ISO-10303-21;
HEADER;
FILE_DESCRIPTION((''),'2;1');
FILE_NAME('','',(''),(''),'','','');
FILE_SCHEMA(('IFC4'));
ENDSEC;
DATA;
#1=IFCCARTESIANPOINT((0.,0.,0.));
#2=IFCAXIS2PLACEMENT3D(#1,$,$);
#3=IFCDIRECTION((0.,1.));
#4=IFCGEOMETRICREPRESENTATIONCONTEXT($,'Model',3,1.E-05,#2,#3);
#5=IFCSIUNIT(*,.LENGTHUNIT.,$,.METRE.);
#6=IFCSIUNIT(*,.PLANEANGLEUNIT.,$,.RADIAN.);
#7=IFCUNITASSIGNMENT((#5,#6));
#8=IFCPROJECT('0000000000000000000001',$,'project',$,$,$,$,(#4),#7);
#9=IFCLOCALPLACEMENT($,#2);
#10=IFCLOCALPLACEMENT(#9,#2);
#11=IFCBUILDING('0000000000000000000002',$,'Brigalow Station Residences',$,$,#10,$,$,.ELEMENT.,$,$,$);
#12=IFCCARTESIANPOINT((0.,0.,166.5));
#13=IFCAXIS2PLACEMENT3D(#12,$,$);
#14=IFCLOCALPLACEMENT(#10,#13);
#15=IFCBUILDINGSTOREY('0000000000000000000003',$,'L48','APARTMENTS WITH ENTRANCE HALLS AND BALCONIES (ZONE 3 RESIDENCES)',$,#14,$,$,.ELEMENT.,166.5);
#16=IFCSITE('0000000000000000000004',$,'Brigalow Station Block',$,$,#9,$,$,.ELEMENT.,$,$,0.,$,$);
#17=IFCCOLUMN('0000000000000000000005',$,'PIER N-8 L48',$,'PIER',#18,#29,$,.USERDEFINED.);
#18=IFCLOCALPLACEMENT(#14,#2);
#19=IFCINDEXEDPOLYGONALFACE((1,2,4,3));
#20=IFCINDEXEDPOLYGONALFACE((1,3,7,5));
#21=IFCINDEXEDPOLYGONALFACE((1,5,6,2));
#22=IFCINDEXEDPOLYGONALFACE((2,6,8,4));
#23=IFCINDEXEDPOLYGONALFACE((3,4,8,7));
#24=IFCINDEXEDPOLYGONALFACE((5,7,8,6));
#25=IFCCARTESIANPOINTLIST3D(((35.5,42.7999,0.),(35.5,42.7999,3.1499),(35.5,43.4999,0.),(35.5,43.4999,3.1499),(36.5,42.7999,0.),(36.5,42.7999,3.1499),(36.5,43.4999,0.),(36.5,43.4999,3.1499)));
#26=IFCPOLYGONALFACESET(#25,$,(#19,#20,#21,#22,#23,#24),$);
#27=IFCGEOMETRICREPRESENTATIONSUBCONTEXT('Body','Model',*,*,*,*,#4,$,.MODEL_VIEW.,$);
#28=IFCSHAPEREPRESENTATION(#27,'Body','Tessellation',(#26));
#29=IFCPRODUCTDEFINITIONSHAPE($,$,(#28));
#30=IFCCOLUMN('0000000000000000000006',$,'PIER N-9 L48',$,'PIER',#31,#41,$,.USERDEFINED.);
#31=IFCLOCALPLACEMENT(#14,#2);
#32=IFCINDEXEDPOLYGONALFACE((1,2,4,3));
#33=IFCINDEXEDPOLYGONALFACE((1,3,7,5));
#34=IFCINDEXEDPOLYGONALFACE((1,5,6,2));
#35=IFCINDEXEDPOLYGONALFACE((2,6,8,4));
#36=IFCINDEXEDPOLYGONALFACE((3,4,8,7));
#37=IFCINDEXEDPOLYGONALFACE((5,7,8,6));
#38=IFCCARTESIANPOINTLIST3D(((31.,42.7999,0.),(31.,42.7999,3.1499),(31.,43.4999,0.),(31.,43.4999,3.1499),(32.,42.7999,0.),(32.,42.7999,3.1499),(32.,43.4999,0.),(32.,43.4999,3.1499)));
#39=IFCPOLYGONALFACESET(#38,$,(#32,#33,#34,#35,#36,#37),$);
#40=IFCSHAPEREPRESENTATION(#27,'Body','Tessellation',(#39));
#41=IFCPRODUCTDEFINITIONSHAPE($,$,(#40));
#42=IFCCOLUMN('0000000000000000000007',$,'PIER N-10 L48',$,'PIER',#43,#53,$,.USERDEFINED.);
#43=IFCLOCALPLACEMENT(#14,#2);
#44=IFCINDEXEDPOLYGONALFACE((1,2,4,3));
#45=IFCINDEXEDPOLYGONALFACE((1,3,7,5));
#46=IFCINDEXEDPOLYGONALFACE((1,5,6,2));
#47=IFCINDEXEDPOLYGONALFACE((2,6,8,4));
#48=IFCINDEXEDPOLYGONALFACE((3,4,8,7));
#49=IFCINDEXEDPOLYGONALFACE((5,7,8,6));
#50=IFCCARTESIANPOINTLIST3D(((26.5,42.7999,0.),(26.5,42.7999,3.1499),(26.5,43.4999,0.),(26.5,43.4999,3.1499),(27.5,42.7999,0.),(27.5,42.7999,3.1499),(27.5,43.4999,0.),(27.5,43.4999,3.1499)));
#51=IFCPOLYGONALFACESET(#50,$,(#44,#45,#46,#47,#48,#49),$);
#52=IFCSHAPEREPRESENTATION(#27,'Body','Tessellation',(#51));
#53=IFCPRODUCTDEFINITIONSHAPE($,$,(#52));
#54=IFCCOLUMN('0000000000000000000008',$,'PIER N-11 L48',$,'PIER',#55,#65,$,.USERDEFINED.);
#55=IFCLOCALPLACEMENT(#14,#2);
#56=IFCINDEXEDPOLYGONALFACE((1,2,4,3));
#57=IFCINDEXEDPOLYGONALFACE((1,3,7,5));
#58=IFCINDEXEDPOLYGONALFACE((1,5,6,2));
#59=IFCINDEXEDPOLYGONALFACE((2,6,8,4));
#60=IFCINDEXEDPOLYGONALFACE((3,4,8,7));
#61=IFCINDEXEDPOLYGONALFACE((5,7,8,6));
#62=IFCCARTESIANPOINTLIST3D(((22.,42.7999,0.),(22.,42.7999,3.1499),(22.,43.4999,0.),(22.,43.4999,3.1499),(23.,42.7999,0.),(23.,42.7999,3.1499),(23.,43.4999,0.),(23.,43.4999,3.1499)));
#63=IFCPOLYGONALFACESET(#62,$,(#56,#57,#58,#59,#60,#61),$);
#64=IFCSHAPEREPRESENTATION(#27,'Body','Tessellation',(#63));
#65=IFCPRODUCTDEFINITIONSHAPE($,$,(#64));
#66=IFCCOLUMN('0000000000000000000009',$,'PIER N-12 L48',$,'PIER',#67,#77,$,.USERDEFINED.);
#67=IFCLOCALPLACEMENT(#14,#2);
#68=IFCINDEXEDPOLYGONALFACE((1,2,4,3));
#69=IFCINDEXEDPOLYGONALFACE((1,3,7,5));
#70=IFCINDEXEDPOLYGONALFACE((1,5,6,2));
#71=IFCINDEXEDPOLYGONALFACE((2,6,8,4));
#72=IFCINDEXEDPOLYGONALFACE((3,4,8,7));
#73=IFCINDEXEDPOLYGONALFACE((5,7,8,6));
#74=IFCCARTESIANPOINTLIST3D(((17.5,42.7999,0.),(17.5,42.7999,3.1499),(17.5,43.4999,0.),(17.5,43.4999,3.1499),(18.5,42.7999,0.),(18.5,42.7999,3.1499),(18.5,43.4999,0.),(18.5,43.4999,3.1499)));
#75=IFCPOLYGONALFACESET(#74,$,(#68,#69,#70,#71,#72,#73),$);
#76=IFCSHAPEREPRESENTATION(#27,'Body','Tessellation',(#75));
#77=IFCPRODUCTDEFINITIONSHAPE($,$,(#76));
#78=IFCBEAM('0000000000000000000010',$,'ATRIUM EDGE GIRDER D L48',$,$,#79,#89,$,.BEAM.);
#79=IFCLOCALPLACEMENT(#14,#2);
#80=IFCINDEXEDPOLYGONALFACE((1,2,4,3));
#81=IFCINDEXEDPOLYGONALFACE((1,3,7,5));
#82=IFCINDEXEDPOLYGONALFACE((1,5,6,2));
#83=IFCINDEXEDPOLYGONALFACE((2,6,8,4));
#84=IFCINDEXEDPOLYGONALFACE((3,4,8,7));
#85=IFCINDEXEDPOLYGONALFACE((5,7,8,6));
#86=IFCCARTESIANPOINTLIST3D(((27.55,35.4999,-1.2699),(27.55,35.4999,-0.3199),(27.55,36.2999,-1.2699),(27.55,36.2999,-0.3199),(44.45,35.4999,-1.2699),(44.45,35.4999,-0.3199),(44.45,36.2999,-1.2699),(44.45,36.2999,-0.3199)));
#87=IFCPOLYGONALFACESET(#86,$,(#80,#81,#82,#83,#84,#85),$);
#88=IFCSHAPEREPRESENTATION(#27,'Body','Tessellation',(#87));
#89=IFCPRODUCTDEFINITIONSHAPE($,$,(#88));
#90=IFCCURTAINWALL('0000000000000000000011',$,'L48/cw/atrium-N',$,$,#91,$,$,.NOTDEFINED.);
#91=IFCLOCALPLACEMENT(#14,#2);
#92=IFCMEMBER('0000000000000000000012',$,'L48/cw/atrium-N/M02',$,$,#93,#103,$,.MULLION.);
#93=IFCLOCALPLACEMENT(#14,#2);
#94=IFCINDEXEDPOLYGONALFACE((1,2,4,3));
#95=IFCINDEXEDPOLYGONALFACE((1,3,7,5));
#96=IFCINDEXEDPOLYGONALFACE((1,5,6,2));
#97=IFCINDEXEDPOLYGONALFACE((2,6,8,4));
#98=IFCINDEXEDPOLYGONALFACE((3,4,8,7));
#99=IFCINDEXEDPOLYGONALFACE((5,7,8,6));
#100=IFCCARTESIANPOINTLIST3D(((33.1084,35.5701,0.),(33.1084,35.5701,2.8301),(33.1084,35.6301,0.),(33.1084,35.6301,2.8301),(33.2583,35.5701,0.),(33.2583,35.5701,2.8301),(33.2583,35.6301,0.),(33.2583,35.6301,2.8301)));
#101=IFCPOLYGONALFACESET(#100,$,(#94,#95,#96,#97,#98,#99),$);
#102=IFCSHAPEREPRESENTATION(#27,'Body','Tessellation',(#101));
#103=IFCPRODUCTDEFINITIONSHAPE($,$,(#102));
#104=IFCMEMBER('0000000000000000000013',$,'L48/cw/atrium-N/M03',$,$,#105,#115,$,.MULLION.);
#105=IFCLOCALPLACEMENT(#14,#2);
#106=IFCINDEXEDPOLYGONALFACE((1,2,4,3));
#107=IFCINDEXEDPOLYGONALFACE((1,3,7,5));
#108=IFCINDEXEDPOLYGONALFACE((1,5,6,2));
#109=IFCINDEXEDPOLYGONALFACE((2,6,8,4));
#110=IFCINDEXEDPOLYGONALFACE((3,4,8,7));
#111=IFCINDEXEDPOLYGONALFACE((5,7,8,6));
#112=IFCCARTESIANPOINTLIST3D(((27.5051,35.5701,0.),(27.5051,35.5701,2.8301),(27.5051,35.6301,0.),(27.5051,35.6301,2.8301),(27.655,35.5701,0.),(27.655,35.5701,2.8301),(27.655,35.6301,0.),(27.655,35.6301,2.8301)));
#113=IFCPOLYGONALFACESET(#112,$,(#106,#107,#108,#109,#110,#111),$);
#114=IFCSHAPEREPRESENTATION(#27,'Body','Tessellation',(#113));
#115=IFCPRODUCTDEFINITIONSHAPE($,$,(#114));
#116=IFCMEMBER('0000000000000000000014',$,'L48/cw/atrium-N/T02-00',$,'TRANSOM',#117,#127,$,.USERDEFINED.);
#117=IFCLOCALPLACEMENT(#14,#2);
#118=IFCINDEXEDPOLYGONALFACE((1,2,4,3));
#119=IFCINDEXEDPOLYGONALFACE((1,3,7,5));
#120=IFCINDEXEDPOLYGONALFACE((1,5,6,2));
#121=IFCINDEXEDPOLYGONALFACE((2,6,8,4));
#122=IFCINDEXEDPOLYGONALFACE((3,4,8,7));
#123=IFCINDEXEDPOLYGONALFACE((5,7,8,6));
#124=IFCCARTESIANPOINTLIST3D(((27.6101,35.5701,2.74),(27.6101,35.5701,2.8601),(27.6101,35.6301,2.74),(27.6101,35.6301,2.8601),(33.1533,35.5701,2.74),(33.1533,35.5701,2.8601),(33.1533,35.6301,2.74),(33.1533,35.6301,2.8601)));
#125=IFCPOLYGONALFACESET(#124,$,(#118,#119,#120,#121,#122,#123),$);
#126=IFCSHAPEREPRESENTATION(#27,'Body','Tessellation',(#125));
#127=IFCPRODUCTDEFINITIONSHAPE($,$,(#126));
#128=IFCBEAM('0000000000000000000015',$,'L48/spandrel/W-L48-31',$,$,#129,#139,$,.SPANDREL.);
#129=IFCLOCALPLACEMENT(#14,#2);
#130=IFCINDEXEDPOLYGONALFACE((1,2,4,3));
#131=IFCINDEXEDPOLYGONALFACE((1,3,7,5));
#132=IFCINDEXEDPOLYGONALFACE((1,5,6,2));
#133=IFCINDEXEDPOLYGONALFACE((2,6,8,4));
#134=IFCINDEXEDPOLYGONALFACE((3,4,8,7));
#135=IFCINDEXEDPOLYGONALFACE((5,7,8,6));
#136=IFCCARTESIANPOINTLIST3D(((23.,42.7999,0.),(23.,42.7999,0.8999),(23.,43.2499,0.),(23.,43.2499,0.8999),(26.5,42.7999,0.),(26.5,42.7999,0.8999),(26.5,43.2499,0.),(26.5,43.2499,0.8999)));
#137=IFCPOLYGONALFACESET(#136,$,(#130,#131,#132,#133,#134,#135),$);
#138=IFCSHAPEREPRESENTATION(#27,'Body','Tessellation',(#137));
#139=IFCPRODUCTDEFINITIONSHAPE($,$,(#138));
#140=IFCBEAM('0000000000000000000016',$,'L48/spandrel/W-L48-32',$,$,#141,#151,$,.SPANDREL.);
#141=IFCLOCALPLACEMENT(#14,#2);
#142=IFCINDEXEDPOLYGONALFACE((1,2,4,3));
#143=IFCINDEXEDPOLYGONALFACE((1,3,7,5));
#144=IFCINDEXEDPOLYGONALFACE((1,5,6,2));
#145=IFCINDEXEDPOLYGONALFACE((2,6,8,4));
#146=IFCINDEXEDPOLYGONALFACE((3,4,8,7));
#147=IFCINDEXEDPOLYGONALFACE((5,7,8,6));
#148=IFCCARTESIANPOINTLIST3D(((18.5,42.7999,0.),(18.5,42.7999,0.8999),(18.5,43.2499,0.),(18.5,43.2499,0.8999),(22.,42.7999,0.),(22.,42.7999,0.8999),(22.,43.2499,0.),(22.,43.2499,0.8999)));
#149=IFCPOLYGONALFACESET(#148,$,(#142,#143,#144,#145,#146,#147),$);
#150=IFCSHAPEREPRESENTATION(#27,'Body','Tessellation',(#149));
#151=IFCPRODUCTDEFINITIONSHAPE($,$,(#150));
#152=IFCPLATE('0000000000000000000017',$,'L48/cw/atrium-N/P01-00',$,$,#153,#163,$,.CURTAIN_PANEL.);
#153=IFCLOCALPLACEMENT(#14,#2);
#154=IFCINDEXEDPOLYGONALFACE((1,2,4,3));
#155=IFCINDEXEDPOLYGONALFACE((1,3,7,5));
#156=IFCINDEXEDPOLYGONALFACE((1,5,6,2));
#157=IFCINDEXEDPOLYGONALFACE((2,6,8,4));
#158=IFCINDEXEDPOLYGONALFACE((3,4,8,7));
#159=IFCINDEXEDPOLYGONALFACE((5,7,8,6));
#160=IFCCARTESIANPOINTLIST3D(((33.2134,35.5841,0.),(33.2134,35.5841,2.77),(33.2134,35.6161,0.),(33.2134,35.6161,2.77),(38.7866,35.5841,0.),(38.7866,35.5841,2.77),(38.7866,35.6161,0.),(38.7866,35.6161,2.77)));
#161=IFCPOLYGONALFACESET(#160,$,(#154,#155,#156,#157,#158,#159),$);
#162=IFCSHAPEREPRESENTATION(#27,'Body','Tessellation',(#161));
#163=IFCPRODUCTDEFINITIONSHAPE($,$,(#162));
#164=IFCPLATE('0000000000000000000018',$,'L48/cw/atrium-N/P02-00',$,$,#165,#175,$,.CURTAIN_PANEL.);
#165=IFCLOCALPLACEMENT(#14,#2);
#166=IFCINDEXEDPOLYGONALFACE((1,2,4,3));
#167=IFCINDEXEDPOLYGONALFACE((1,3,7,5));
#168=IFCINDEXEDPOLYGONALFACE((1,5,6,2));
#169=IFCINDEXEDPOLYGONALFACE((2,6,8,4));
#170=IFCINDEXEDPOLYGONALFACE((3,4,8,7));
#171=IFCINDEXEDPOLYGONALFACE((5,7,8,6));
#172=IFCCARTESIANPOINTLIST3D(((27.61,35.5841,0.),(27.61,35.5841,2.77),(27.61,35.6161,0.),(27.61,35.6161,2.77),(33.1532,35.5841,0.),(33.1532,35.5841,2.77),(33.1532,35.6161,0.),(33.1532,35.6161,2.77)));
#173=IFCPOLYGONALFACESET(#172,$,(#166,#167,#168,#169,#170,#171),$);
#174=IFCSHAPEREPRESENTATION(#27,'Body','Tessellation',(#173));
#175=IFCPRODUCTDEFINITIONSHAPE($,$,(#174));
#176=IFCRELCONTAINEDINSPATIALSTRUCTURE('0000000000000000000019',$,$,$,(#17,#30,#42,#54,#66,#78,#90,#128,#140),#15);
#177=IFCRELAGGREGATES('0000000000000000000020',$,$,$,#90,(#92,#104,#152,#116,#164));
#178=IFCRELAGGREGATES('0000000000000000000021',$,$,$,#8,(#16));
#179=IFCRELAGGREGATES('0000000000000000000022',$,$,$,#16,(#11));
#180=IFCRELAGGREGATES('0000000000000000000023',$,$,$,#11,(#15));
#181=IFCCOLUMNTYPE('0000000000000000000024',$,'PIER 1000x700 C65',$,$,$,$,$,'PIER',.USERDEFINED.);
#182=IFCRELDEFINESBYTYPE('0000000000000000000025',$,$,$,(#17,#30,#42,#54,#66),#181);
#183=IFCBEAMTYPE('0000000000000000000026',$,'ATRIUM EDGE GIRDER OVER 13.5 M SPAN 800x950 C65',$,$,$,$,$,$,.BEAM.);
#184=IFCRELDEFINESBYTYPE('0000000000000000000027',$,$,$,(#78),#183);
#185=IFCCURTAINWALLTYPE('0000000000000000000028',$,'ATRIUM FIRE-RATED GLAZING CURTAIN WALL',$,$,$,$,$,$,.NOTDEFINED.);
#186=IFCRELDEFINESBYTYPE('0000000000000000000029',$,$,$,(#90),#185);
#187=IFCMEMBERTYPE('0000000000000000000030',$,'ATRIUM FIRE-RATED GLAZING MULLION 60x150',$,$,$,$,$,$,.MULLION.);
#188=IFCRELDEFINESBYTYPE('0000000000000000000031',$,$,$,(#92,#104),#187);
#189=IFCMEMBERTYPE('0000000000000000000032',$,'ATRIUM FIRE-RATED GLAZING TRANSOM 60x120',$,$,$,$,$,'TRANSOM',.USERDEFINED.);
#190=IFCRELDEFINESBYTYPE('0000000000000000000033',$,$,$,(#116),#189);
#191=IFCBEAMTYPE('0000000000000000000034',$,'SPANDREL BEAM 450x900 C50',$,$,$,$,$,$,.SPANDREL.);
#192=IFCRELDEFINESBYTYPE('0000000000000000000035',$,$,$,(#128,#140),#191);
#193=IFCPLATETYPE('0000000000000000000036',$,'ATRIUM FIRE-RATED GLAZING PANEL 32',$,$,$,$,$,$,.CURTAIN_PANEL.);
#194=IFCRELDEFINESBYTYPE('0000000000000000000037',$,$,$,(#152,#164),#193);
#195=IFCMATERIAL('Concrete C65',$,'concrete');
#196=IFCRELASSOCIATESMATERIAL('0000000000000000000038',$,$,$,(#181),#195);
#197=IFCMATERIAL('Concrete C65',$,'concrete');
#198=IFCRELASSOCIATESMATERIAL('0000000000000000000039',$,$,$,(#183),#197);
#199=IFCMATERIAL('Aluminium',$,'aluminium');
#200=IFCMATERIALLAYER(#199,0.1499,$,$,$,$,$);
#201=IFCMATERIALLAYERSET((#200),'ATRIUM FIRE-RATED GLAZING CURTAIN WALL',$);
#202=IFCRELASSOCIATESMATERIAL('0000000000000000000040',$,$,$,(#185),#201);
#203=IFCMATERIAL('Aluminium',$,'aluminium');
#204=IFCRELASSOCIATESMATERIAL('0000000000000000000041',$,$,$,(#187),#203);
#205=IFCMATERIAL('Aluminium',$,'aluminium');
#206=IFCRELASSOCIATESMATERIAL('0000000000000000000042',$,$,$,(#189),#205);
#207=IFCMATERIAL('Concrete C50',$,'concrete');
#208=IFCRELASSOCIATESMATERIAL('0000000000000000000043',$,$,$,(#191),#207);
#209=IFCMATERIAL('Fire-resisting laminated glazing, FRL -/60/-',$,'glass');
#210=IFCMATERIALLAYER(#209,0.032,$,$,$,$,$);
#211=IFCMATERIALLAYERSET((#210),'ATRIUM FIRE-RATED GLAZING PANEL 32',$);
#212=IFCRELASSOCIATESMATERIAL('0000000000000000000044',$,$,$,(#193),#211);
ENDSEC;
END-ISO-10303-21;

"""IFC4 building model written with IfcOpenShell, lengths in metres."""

from ifc_helpers import new_model, si_unit, direction, frame, origin, origin_2d, place, context, subcontext, project, spatial, rectangle, extrude, material, layer, layer_set, material_profile, profile_set, type_object, element, aggregate, save


model = new_model("IFC4")

# Units and contexts
model_context = context("Model", 3, precision=1e-05, world=origin(), true_north=direction((0.0, 1.0)))
body_context = subcontext(model_context, "Body", "Model", "MODEL_VIEW")
ifc_project = project(units=[si_unit("LENGTHUNIT", "METRE"), si_unit("PLANEANGLEUNIT", "RADIAN")], contexts=[model_context])

# Site, building, storey
site_placement = place(None, origin())
site = spatial("IfcSite", under=ifc_project, at=site_placement, Name="Brigalow Station Block", CompositionType="ELEMENT", RefElevation=0.0)
building_placement = place(site_placement, origin())
building = spatial("IfcBuilding", under=site, at=building_placement, Name="Brigalow Station Residences", CompositionType="ELEMENT")
storey_placement = place(building_placement, frame((0.0, 0.0, 166.5)))
storey = spatial("IfcBuildingStorey", under=building, at=storey_placement, Name="L48", Description="APARTMENTS WITH ENTRANCE HALLS AND BALCONIES (ZONE 3 RESIDENCES)", CompositionType="ELEMENT", Elevation=166.5)

# Columns
ifc_material_1 = material(Name="Concrete C65", Category="concrete")
ifc_material_profile_1 = material_profile(ifc_material_1, rectangle(XDim=1.0, YDim=0.7, at=origin_2d()), Name="RC1000x700")
ifc_profile_set_1 = profile_set([ifc_material_profile_1], Name="Concrete C65")
column_type = type_object("IfcColumnType", Name="PIER 1000x700 C65", ElementType="PIER", PredefinedType="USERDEFINED", material=ifc_profile_set_1)
for number, where, z_axis, x_axis, name in (
    (1, (36.0, 43.1499, 0.0), (0.0, 0.0, 1.0), (-1.0, 0.0, 0.0), "PIER N-8 L48"),
    (2, (31.5, 43.1499, 0.0), (0.0, 0.0, 1.0), (-1.0, 0.0, 0.0), "PIER N-9 L48"),
    (3, (27.0, 43.1499, 0.0), (0.0, 0.0, 1.0), (-1.0, 0.0, 0.0), "PIER N-10 L48"),
    (4, (22.5, 43.1499, 0.0), (0.0, 0.0, 1.0), (-1.0, 0.0, 0.0), "PIER N-11 L48"),
    (5, (18.0, 43.1499, 0.0), (0.0, 0.0, 1.0), (-1.0, 0.0, 0.0), "PIER N-12 L48"),
):
    element("IfcColumn", number, at=place(storey_placement, frame(where, z_axis=z_axis, x_axis=x_axis)), inside=storey, type_object=column_type, Name=name, ObjectType="PIER", PredefinedType="USERDEFINED", context=body_context, shape_type="SweptSolid", body=[
        extrude(rectangle(XDim=1.0, YDim=0.7, at=origin_2d()), origin(), (0.0, 0.0, 1.0), 3.1499),
    ])

# Beam
ifc_material_2 = material(Name="Concrete C65", Category="concrete")
ifc_material_profile_2 = material_profile(ifc_material_2, rectangle(XDim=0.8, YDim=0.95, at=origin_2d()), Name="RC800x950")
ifc_profile_set_2 = profile_set([ifc_material_profile_2], Name="Concrete C65")
beam_type_1 = type_object("IfcBeamType", Name="ATRIUM EDGE GIRDER OVER 13.5 M SPAN 800x950 C65", PredefinedType="BEAM", material=ifc_profile_set_2)
beam_placement = place(storey_placement, frame((27.55, 35.8999, -0.7949), z_axis=(1.0, 0.0, 0.0), x_axis=(0.0, 1.0, 0.0)))
element("IfcBeam", 6, at=beam_placement, inside=storey, type_object=beam_type_1, Name="ATRIUM EDGE GIRDER D L48", PredefinedType="BEAM", context=body_context, shape_type="SweptSolid", body=[
    extrude(rectangle(XDim=0.8, YDim=0.95, at=origin_2d()), origin(), (0.0, 0.0, 1.0), 16.8999),
])

# Curtain wall, members
ifc_material_3 = material(Name="Aluminium", Category="aluminium")
ifc_layer_1 = layer(ifc_material_3, 0.1499)
ifc_layer_set_1 = layer_set([ifc_layer_1], Name="ATRIUM FIRE-RATED GLAZING CURTAIN WALL")
curtain_wall_type = type_object("IfcCurtainWallType", Name="ATRIUM FIRE-RATED GLAZING CURTAIN WALL", PredefinedType="NOTDEFINED", material=ifc_layer_set_1)
curtain_wall_placement = place(storey_placement, origin())
curtain_wall = element("IfcCurtainWall", 7, at=curtain_wall_placement, inside=storey, type_object=curtain_wall_type, Name="L48/cw/atrium-N", PredefinedType="NOTDEFINED")
ifc_material_4 = material(Name="Aluminium", Category="aluminium")
ifc_material_profile_3 = material_profile(ifc_material_4, rectangle(XDim=0.0601, YDim=0.1499, at=origin_2d()), Name="ATRIUM FIRE-RATED GLAZING MULLION 60x150")
ifc_profile_set_3 = profile_set([ifc_material_profile_3], Name="Aluminium")
member_type_1 = type_object("IfcMemberType", Name="ATRIUM FIRE-RATED GLAZING MULLION 60x150", PredefinedType="MULLION", material=ifc_profile_set_3)
member_1_placement = place(storey_placement, frame((33.1833, 35.6001, 0.0), z_axis=(0.0, 0.0, 1.0), x_axis=(0.0, -1.0, 0.0)))
member_1 = element("IfcMember", 8, at=member_1_placement, type_object=member_type_1, Name="L48/cw/atrium-N/M02", PredefinedType="MULLION", context=body_context, shape_type="SweptSolid", body=[
    extrude(rectangle(XDim=0.0601, YDim=0.1499, at=origin_2d()), origin(), (0.0, 0.0, 1.0), 2.8301),
])
member_2_placement = place(storey_placement, frame((27.5801, 35.6001, 0.0), z_axis=(0.0, 0.0, 1.0), x_axis=(0.0, -1.0, 0.0)))
member_2 = element("IfcMember", 9, at=member_2_placement, type_object=member_type_1, Name="L48/cw/atrium-N/M03", PredefinedType="MULLION", context=body_context, shape_type="SweptSolid", body=[
    extrude(rectangle(XDim=0.0601, YDim=0.1499, at=origin_2d()), origin(), (0.0, 0.0, 1.0), 2.8301),
])
ifc_material_5 = material(Name="Aluminium", Category="aluminium")
ifc_material_profile_4 = material_profile(ifc_material_5, rectangle(XDim=0.0601, YDim=0.1201, at=origin_2d()), Name="ATRIUM FIRE-RATED GLAZING TRANSOM 60x120")
ifc_profile_set_4 = profile_set([ifc_material_profile_4], Name="Aluminium")
member_type_2 = type_object("IfcMemberType", Name="ATRIUM FIRE-RATED GLAZING TRANSOM 60x120", ElementType="TRANSOM", PredefinedType="USERDEFINED", material=ifc_profile_set_4)
member_3_placement = place(storey_placement, frame((33.1533, 35.6001, 2.8), z_axis=(-1.0, 0.0, 0.0), x_axis=(0.0, -1.0, 0.0)))
member_3 = element("IfcMember", 10, at=member_3_placement, type_object=member_type_2, Name="L48/cw/atrium-N/T02-00", ObjectType="TRANSOM", PredefinedType="USERDEFINED", context=body_context, shape_type="SweptSolid", body=[
    extrude(rectangle(XDim=0.0601, YDim=0.1201, at=origin_2d()), origin(), (0.0, 0.0, 1.0), 5.5432),
])

# Beams
ifc_material_6 = material(Name="Concrete C50", Category="concrete")
ifc_material_profile_5 = material_profile(ifc_material_6, rectangle(XDim=0.45, YDim=0.8999, at=origin_2d()), Name="RC450x900")
ifc_profile_set_5 = profile_set([ifc_material_profile_5], Name="Concrete C50")
beam_type_2 = type_object("IfcBeamType", Name="SPANDREL BEAM 450x900 C50", PredefinedType="SPANDREL", material=ifc_profile_set_5)
for number, where, z_axis, x_axis, name in (
    (11, (26.5, 43.0249, 0.45), (-1.0, 0.0, 0.0), (0.0, -1.0, 0.0), "L48/spandrel/W-L48-31"),
    (12, (22.0, 43.0249, 0.45), (-1.0, 0.0, 0.0), (0.0, -1.0, 0.0), "L48/spandrel/W-L48-32"),
):
    element("IfcBeam", number, at=place(storey_placement, frame(where, z_axis=z_axis, x_axis=x_axis)), inside=storey, type_object=beam_type_2, Name=name, PredefinedType="SPANDREL", context=body_context, shape_type="SweptSolid", body=[
        extrude(rectangle(XDim=0.45, YDim=0.8999, at=origin_2d()), origin(), (0.0, 0.0, 1.0), 3.5),
    ])

# Plates
ifc_material_7 = material(Name="Fire-resisting laminated glazing, FRL -/60/-", Category="glass")
ifc_layer_2 = layer(ifc_material_7, 0.032)
ifc_layer_set_2 = layer_set([ifc_layer_2], Name="ATRIUM FIRE-RATED GLAZING PANEL 32")
plate_type = type_object("IfcPlateType", Name="ATRIUM FIRE-RATED GLAZING PANEL 32", PredefinedType="CURTAIN_PANEL", material=ifc_layer_set_2)
plate_1_placement = place(storey_placement, frame((36.0, 35.6001, 0.0), z_axis=(0.0, 0.0, 1.0), x_axis=(-1.0, 0.0, 0.0)))
plate_1 = element("IfcPlate", 13, at=plate_1_placement, type_object=plate_type, Name="L48/cw/atrium-N/P01-00", PredefinedType="CURTAIN_PANEL", context=body_context, shape_type="SweptSolid", body=[
    extrude(rectangle(XDim=5.5732, YDim=0.032, at=origin_2d()), origin(), (0.0, 0.0, 1.0), 2.77),
])
plate_2_placement = place(storey_placement, frame((30.3816, 35.6001, 0.0), z_axis=(0.0, 0.0, 1.0), x_axis=(-1.0, 0.0, 0.0)))
plate_2 = element("IfcPlate", 14, at=plate_2_placement, type_object=plate_type, Name="L48/cw/atrium-N/P02-00", PredefinedType="CURTAIN_PANEL", context=body_context, shape_type="SweptSolid", body=[
    extrude(rectangle(XDim=5.5432, YDim=0.032, at=origin_2d()), origin(), (0.0, 0.0, 1.0), 2.77),
])
aggregate(curtain_wall, [member_1, member_2, plate_1, member_3, plate_2])

save(model, "model.ifc")
